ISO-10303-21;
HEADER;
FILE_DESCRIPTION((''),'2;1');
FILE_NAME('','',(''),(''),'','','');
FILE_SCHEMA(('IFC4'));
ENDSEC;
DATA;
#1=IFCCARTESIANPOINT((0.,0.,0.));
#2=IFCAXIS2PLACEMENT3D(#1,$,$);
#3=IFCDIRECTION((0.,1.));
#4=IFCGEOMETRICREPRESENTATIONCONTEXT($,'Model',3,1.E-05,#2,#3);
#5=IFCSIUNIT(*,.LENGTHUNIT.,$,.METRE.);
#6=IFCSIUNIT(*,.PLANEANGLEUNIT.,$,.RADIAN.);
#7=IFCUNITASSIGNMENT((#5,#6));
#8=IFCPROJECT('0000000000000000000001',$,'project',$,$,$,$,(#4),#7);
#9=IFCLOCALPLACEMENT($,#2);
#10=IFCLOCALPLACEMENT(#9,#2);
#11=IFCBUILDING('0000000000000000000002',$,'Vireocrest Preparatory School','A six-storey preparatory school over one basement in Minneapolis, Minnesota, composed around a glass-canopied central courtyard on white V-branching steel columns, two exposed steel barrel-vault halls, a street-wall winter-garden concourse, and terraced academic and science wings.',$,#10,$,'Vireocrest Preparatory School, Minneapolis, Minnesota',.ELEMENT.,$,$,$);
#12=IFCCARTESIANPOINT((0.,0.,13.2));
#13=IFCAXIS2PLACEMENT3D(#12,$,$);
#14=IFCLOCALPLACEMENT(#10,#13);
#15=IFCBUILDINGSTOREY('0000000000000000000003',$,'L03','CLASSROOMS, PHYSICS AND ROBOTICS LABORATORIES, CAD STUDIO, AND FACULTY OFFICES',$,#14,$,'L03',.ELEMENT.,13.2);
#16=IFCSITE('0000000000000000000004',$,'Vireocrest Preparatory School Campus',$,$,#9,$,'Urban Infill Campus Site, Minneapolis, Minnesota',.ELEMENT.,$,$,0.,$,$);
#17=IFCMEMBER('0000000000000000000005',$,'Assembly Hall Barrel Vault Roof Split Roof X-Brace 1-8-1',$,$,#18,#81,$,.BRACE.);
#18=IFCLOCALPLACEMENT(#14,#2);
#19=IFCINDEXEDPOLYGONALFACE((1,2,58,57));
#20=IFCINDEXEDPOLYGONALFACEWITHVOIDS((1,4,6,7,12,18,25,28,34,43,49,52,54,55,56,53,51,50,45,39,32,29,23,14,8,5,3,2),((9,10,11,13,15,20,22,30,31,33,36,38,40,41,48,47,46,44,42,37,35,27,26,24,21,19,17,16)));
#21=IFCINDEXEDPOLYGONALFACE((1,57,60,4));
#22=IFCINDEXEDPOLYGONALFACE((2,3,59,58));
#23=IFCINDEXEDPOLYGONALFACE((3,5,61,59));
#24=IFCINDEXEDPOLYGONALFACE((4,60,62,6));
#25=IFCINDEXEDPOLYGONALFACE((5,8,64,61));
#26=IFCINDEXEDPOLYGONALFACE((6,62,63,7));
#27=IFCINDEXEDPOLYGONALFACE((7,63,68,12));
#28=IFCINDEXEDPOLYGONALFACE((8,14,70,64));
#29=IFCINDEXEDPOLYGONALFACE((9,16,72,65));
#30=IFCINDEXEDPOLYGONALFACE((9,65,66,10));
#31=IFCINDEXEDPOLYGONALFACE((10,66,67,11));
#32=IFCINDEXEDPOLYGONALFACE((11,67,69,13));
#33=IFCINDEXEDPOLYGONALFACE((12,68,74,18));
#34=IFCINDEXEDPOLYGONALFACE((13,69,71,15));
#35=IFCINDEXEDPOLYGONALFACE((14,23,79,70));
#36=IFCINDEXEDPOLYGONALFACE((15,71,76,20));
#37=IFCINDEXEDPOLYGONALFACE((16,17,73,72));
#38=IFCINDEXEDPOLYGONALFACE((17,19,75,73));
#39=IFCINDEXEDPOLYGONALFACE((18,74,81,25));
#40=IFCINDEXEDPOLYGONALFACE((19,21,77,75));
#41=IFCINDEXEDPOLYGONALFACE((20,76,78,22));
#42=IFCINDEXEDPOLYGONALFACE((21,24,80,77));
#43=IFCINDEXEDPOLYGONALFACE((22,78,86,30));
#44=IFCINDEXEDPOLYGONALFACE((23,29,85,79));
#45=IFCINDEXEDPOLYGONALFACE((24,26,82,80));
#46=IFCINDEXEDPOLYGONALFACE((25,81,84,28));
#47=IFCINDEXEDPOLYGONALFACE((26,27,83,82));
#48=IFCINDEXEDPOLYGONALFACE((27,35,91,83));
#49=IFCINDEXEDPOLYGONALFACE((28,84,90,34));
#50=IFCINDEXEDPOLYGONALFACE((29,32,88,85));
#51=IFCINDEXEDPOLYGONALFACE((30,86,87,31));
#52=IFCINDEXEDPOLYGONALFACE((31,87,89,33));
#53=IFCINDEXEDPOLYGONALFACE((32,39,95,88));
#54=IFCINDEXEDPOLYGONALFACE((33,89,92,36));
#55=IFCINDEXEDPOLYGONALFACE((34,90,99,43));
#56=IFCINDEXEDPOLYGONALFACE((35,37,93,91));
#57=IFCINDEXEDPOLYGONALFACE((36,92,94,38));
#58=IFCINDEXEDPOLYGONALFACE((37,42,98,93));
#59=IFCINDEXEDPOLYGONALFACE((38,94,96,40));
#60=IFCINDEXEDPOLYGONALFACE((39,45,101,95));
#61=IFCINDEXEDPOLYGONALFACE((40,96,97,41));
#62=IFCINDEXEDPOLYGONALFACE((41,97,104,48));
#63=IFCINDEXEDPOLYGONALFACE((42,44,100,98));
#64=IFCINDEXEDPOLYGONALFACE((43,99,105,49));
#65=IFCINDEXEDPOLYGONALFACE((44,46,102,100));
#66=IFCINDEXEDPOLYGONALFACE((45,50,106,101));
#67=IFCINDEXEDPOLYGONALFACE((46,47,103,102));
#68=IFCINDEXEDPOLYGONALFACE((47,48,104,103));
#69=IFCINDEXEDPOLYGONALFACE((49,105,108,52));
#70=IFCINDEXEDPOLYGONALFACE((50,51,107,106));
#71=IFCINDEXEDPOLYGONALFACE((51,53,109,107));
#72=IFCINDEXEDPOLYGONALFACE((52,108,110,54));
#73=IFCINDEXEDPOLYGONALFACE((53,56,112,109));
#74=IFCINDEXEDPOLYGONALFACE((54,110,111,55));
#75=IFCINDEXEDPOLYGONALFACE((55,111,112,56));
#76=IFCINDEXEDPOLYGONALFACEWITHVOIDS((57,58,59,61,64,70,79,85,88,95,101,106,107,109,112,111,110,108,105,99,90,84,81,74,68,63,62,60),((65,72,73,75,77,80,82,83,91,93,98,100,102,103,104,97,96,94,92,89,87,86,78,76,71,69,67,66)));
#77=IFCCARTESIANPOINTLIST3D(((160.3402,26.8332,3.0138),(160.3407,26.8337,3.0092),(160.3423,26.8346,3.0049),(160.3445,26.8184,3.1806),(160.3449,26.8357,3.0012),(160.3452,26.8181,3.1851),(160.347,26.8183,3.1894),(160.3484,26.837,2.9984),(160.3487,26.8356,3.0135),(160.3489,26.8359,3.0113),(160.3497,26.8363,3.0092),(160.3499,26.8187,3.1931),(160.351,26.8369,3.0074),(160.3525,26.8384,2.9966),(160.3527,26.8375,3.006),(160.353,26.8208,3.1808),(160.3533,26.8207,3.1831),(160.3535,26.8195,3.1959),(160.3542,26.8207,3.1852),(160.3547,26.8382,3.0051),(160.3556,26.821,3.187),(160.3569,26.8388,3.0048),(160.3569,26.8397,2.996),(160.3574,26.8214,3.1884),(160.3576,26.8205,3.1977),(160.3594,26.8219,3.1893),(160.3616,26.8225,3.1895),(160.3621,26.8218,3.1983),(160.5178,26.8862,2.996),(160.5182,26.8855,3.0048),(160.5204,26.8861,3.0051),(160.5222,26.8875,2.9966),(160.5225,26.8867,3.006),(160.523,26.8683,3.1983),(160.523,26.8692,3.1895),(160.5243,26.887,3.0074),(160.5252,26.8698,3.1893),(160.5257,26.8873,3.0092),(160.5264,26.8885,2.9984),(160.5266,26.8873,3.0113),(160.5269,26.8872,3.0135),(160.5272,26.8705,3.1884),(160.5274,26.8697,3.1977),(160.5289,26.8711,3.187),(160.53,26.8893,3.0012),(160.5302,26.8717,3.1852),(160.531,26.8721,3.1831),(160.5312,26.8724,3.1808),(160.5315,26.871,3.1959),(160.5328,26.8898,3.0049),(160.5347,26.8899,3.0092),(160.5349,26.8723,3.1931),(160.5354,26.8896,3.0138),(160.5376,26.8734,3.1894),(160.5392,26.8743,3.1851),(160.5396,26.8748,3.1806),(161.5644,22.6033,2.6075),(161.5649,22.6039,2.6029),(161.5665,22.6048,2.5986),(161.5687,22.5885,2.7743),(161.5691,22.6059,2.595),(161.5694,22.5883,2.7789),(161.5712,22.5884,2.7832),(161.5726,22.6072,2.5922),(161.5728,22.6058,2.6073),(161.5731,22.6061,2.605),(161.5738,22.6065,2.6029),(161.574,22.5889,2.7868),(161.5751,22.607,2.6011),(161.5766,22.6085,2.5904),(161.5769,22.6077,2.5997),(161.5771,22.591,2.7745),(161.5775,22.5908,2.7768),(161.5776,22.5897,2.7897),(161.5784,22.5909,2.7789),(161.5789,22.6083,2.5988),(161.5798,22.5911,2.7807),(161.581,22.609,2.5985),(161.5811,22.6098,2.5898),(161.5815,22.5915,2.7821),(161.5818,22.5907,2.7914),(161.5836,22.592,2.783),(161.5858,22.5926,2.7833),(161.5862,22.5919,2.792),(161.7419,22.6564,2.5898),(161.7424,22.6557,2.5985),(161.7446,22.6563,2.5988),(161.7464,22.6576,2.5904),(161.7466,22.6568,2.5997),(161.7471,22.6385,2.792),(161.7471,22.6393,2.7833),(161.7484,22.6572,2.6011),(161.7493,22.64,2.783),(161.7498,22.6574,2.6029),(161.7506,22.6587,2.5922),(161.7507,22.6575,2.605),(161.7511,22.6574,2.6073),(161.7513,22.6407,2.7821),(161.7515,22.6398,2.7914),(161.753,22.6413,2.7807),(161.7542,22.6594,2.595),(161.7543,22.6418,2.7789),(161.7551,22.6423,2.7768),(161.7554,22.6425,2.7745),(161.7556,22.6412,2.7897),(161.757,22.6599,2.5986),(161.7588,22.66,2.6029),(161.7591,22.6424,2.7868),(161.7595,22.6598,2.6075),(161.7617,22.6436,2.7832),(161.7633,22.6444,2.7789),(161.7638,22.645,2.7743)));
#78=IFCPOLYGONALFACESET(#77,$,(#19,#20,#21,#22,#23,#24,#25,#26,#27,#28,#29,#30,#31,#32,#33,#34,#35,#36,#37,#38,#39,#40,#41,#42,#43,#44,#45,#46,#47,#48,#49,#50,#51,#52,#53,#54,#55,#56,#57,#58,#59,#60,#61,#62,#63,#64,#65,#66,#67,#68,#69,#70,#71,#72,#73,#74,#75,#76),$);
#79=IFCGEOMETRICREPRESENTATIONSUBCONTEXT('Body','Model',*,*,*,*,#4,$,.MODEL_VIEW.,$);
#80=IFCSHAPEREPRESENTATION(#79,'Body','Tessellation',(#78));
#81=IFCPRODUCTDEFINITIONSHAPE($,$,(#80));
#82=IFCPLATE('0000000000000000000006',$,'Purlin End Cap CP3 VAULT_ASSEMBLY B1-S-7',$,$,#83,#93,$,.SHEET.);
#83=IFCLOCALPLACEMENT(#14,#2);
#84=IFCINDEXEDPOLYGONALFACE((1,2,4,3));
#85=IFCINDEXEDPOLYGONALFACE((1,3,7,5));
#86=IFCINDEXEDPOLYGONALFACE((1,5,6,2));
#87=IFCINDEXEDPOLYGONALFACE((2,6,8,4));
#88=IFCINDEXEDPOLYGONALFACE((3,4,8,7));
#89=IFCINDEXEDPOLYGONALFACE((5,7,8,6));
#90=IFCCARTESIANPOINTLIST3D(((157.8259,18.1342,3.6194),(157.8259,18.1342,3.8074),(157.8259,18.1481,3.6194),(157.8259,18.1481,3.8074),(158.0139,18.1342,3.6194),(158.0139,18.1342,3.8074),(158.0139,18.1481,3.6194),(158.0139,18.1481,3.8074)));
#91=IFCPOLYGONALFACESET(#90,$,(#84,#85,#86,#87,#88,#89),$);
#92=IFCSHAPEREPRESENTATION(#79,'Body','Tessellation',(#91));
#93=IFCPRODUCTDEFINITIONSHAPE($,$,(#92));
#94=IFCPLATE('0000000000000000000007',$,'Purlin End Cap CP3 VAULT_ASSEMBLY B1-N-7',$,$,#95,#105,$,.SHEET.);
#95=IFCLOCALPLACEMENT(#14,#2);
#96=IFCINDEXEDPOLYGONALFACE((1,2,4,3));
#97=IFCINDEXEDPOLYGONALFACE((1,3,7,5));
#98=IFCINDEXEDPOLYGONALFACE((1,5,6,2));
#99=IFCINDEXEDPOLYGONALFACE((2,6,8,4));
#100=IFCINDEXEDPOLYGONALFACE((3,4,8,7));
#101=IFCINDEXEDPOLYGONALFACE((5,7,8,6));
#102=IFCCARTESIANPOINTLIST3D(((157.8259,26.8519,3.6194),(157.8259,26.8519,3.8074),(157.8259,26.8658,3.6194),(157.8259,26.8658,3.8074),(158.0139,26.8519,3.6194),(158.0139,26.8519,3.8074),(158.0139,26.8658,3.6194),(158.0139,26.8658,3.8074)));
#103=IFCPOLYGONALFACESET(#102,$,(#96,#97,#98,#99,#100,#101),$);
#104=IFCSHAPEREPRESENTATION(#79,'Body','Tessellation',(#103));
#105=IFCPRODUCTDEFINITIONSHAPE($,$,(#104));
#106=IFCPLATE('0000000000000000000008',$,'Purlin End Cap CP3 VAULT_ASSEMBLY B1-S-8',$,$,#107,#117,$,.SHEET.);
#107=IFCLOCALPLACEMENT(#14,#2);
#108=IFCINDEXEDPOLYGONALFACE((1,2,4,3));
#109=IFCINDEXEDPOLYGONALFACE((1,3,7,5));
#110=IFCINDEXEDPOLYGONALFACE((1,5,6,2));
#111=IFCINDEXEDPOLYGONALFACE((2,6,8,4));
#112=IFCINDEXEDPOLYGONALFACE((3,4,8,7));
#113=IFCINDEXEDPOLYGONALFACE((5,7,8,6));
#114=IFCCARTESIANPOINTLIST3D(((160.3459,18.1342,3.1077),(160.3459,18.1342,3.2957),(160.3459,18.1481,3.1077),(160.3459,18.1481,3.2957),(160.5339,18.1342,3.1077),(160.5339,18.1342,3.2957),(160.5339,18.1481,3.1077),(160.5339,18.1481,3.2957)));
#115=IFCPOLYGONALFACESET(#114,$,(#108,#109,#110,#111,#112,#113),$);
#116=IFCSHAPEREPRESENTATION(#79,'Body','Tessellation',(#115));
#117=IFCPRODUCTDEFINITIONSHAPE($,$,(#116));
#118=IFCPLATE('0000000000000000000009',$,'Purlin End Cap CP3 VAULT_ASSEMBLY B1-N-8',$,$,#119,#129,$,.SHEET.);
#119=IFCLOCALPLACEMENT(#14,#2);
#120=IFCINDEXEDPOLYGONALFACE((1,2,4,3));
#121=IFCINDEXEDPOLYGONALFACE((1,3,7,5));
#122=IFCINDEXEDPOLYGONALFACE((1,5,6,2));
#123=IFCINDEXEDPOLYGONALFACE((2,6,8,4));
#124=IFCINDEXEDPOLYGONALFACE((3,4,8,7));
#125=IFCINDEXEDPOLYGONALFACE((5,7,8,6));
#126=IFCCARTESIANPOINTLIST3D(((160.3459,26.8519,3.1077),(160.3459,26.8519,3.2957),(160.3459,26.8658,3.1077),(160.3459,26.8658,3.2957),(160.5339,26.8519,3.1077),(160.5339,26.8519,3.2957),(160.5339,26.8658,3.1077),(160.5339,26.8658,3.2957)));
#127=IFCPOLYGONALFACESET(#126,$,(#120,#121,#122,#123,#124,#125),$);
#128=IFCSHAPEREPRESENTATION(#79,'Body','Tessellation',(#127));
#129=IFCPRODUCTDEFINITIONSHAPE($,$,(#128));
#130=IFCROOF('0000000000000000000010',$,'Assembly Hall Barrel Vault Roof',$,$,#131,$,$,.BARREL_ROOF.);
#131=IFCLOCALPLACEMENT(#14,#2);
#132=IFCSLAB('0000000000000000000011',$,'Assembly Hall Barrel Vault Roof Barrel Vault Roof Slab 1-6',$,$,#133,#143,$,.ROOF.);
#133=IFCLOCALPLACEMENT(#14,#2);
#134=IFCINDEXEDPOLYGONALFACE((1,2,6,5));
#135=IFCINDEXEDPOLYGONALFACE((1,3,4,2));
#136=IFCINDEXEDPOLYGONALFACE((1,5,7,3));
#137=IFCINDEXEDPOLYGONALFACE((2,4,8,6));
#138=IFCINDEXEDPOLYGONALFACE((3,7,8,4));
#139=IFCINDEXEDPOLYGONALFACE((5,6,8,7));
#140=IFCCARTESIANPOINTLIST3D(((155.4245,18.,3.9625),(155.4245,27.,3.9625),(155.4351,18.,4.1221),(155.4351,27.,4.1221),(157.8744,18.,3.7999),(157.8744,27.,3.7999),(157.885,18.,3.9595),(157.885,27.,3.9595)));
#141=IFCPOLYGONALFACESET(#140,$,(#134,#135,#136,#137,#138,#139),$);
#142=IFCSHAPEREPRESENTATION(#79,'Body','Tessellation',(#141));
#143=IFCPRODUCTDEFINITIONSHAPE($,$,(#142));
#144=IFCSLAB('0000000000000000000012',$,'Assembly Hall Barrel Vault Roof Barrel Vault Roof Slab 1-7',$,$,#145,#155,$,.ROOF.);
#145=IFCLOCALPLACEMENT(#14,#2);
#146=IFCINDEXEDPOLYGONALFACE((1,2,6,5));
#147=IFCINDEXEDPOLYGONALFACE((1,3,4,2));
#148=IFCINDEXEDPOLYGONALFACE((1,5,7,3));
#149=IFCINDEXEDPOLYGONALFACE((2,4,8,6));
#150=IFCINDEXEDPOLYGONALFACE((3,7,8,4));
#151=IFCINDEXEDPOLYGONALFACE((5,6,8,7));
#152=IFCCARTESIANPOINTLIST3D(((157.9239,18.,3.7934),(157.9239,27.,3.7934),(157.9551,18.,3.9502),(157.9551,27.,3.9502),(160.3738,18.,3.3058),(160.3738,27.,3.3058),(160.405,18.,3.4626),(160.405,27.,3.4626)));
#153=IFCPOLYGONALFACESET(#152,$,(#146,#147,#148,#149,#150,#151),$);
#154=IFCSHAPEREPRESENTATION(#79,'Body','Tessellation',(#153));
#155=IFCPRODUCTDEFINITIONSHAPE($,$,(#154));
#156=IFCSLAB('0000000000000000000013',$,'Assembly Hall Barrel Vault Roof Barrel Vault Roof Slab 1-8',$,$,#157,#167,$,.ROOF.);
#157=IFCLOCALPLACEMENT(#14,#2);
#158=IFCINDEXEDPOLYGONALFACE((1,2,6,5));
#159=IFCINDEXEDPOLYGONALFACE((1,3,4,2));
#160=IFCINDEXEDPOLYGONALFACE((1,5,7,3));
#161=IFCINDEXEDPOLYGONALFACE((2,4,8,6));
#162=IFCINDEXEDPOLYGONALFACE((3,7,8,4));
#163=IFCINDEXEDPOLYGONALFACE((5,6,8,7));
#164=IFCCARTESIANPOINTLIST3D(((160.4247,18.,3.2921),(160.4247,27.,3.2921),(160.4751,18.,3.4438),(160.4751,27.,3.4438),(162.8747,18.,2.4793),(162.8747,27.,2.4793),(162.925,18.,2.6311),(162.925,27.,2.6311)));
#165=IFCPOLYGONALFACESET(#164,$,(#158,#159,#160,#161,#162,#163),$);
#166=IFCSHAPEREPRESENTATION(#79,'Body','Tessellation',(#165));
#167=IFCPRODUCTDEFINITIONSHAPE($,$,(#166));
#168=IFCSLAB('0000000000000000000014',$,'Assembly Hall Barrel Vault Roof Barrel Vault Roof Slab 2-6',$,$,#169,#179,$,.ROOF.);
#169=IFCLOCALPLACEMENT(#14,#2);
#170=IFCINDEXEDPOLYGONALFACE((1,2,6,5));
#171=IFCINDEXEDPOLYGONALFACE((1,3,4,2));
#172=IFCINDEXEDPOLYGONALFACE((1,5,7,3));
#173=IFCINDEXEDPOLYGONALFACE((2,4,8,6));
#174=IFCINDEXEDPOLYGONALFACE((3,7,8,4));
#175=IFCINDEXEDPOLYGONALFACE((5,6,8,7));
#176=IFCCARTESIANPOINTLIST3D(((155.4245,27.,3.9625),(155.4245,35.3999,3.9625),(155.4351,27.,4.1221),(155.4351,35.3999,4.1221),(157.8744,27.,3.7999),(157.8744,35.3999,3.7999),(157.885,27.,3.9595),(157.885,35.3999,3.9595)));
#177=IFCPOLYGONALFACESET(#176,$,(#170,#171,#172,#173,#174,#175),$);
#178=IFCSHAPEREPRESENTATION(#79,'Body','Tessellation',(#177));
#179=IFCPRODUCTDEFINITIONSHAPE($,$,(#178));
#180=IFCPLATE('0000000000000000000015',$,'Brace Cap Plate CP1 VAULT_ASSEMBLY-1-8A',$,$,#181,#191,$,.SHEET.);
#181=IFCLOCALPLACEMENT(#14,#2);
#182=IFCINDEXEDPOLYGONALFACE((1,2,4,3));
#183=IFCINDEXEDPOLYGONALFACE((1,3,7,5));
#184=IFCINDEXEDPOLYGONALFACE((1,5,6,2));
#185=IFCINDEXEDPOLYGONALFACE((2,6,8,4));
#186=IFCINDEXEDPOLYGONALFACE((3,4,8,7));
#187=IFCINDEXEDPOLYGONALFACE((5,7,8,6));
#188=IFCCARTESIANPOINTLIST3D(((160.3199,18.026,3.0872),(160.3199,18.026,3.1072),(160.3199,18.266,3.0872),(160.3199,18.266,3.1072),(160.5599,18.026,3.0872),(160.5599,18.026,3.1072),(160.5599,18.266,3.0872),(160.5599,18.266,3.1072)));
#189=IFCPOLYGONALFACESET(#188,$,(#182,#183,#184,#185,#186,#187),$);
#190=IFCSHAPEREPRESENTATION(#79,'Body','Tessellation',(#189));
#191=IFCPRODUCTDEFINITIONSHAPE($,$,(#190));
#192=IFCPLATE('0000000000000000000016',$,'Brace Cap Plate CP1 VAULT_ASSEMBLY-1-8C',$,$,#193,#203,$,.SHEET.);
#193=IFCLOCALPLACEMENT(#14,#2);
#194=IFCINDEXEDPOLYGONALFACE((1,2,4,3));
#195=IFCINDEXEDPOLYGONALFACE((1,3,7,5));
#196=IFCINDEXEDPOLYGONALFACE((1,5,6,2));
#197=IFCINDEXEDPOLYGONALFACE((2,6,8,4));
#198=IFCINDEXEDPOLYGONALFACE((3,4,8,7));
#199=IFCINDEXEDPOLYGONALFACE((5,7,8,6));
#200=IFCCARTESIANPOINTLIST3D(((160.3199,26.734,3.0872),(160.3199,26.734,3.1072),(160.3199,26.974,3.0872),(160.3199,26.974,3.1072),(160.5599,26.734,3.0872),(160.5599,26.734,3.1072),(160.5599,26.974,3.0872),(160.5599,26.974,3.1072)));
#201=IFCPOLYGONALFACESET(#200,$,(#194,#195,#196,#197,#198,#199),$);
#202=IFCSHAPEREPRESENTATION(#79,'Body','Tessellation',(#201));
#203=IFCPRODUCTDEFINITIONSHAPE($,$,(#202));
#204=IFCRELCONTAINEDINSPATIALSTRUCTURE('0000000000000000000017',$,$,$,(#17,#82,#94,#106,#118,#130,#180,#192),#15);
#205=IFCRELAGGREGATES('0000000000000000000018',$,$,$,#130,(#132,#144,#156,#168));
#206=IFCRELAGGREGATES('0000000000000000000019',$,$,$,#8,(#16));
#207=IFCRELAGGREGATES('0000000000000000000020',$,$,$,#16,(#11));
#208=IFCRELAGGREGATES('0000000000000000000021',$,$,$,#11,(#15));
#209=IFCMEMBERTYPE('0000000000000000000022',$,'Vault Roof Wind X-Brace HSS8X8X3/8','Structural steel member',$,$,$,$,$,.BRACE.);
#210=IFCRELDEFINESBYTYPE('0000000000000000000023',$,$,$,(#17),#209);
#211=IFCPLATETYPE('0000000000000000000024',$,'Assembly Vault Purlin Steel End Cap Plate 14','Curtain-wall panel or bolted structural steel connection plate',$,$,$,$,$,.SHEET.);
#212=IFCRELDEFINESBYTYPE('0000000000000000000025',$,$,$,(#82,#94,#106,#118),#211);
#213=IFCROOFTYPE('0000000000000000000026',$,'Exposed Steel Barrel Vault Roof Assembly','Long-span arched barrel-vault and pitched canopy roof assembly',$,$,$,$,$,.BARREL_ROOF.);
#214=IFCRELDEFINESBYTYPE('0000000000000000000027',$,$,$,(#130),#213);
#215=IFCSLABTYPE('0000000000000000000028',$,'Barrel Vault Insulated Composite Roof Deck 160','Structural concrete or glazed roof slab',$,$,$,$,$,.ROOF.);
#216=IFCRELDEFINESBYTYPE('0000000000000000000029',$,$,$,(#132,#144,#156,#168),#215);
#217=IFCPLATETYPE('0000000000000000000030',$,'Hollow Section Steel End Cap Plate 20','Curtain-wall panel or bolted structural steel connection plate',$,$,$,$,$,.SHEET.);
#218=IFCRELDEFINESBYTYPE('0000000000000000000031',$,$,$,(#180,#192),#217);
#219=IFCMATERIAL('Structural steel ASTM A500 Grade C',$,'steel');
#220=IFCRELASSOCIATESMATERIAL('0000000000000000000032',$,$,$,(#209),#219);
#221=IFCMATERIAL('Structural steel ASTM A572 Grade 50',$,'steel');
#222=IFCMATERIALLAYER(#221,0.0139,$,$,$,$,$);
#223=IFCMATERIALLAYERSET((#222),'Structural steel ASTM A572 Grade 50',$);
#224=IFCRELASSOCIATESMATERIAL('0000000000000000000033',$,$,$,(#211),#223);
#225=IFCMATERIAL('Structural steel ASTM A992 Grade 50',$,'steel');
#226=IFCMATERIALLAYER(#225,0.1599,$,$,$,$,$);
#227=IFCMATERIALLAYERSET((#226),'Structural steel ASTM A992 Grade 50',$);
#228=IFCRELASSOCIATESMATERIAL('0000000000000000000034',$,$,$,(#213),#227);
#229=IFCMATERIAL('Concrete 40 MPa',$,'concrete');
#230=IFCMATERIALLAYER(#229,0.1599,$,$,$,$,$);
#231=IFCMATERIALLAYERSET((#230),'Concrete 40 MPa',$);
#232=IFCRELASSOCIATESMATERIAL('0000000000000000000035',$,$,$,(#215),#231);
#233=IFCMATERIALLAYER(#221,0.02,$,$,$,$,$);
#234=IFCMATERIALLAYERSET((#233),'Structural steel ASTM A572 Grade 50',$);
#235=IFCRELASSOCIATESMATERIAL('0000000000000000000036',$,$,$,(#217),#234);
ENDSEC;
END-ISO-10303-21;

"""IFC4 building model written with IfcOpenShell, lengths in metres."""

from ifc_helpers import new_model, si_unit, direction, frame, origin, origin_2d, place, context, subcontext, project, spatial, polyline, rectangle, hollow_rectangle, outline, extrude, material, layer, layer_set, material_profile, profile_set, type_object, element, aggregate, save


model = new_model("IFC4")

# Units and contexts
model_context = context("Model", 3, precision=1e-05, world=origin(), true_north=direction((0.0, 1.0)))
body_context = subcontext(model_context, "Body", "Model", "MODEL_VIEW")
ifc_project = project(units=[si_unit("LENGTHUNIT", "METRE"), si_unit("PLANEANGLEUNIT", "RADIAN")], contexts=[model_context])

# Site, building, storey
site_placement = place(None, origin())
site = spatial("IfcSite", under=ifc_project, at=site_placement, Name="Vireocrest Preparatory School Campus", LongName="Urban Infill Campus Site, Minneapolis, Minnesota", CompositionType="ELEMENT", RefElevation=0.0)
building_placement = place(site_placement, origin())
building = spatial("IfcBuilding", under=site, at=building_placement, Name="Vireocrest Preparatory School", Description="A six-storey preparatory school over one basement in Minneapolis, Minnesota, composed around a glass-canopied central courtyard on white V-branching steel columns, two exposed steel barrel-vault halls, a street-wall winter-garden concourse, and terraced academic and science wings.", LongName="Vireocrest Preparatory School, Minneapolis, Minnesota", CompositionType="ELEMENT")
storey_placement = place(building_placement, frame((0.0, 0.0, 13.2)))
storey = spatial("IfcBuildingStorey", under=building, at=storey_placement, Name="L03", Description="CLASSROOMS, PHYSICS AND ROBOTICS LABORATORIES, CAD STUDIO, AND FACULTY OFFICES", LongName="L03", CompositionType="ELEMENT", Elevation=13.2)

# Shared definitions
ifc_material_1 = material(Name="Structural steel ASTM A992 Grade 50", Category="steel")

# Shared definitions
ifc_material_2 = material(Name="Structural steel ASTM A500 Grade C", Category="steel")

# Member
ifc_material_profile_1 = material_profile(ifc_material_2, hollow_rectangle(XDim=0.2031, YDim=0.2031, WallThickness=0.0088, InnerFilletRadius=0.0088, OuterFilletRadius=0.0178, at=origin_2d()), Name="HSS8X8X3/8")
ifc_profile_set_1 = profile_set([ifc_material_profile_1], Name="Structural steel ASTM A500 Grade C")
member_type_1 = type_object("IfcMemberType", Name="Vault Roof Wind X-Brace HSS8X8X3/8", Description="Structural steel member", PredefinedType="BRACE", material=ifc_profile_set_1)
member_1_placement = place(storey_placement, frame((160.4399, 26.854, 3.0972), z_axis=(0.276825, -0.956519, -0.09187), x_axis=(0.960581, 0.278, 0.0)))
element("IfcMember", 1, at=member_1_placement, inside=storey, type_object=member_type_1, Name="Assembly Hall Barrel Vault Roof Split Roof X-Brace 1-8-1", PredefinedType="BRACE", context=body_context, shape_type="SweptSolid", body=[
    extrude(hollow_rectangle(XDim=0.2031, YDim=0.2031, WallThickness=0.0088, InnerFilletRadius=0.0088, OuterFilletRadius=0.0178, at=origin_2d()), origin(), (0.0, 0.0, 1.0), 4.4221),
])

# Plates
ifc_material_3 = material(Name="Structural steel ASTM A572 Grade 50", Category="steel")
ifc_layer_1 = layer(ifc_material_3, 0.0139)
ifc_layer_set_1 = layer_set([ifc_layer_1], Name="Structural steel ASTM A572 Grade 50")
plate_type_1 = type_object("IfcPlateType", Name="Assembly Vault Purlin Steel End Cap Plate 14", Description="Curtain-wall panel or bolted structural steel connection plate", PredefinedType="SHEET", material=ifc_layer_set_1)
for number, where, z_axis, x_axis, name in (
    (2, (157.9199, 18.1411, 3.6194), (0.0, 0.0, 1.0), (1.0, 0.0, 0.0), "Purlin End Cap CP3 VAULT_ASSEMBLY B1-S-7"),
    (3, (157.9199, 26.8589, 3.6194), (0.0, 0.0, 1.0), (1.0, 0.0, 0.0), "Purlin End Cap CP3 VAULT_ASSEMBLY B1-N-7"),
    (4, (160.4399, 18.1411, 3.1077), (0.0, 0.0, 1.0), (1.0, 0.0, 0.0), "Purlin End Cap CP3 VAULT_ASSEMBLY B1-S-8"),
    (5, (160.4399, 26.8589, 3.1077), (0.0, 0.0, 1.0), (1.0, 0.0, 0.0), "Purlin End Cap CP3 VAULT_ASSEMBLY B1-N-8"),
):
    element("IfcPlate", number, at=place(storey_placement, frame(where, z_axis=z_axis, x_axis=x_axis)), inside=storey, type_object=plate_type_1, Name=name, PredefinedType="SHEET", context=body_context, shape_type="SweptSolid", body=[
        extrude(rectangle(XDim=0.188, YDim=0.0139, at=origin_2d()), origin(), (0.0, 0.0, 1.0), 0.188),
    ])

# Roof, slabs
ifc_layer_2 = layer(ifc_material_1, 0.1599)
ifc_layer_set_2 = layer_set([ifc_layer_2], Name="Structural steel ASTM A992 Grade 50")
roof_type = type_object("IfcRoofType", Name="Exposed Steel Barrel Vault Roof Assembly", Description="Long-span arched barrel-vault and pitched canopy roof assembly", PredefinedType="BARREL_ROOF", material=ifc_layer_set_2)
roof_placement = place(storey_placement, origin())
roof = element("IfcRoof", 6, at=roof_placement, inside=storey, type_object=roof_type, Name="Assembly Hall Barrel Vault Roof", PredefinedType="BARREL_ROOF")
ifc_material_4 = material(Name="Concrete 40 MPa", Category="concrete")
ifc_layer_3 = layer(ifc_material_4, 0.1599)
ifc_layer_set_3 = layer_set([ifc_layer_3], Name="Concrete 40 MPa")
slab_type = type_object("IfcSlabType", Name="Barrel Vault Insulated Composite Roof Deck 160", Description="Structural concrete or glazed roof slab", PredefinedType="ROOF", material=ifc_layer_set_3)
slab_1_placement = place(storey_placement, frame((155.4351, 18.0, 4.1221), z_axis=(0.066222, 0.0, 0.997805), x_axis=(0.997805, 0.0, -0.066222)))
slab_1 = element("IfcSlab", 7, at=slab_1_placement, type_object=slab_type, Name="Assembly Hall Barrel Vault Roof Barrel Vault Roof Slab 1-6", PredefinedType="ROOF", context=body_context, shape_type="SweptSolid", body=[
    extrude(outline(polyline([(0.0, 0.0), (2.4553, 0.0), (2.4553, 9.0), (0.0, 9.0), (0.0, 0.0)])), origin(), (0.0, 0.0, -1.0), 0.1599),
])
slab_2_placement = place(storey_placement, frame((157.9551, 18.0, 3.9502), z_axis=(0.195176, 0.0, 0.980768), x_axis=(0.980768, 0.0, -0.195176)))
slab_2 = element("IfcSlab", 8, at=slab_2_placement, type_object=slab_type, Name="Assembly Hall Barrel Vault Roof Barrel Vault Roof Slab 1-7", PredefinedType="ROOF", context=body_context, shape_type="SweptSolid", body=[
    extrude(outline(polyline([(0.0, 0.0), (2.498, 0.0), (2.498, 9.0), (0.0, 9.0), (0.0, 0.0)])), origin(), (0.0, 0.0, -1.0), 0.1599),
])
slab_3_placement = place(storey_placement, frame((160.4751, 18.0, 3.4438), z_axis=(0.314865, 0.0, 0.949136), x_axis=(0.949136, 0.0, -0.314865)))
slab_3 = element("IfcSlab", 9, at=slab_3_placement, type_object=slab_type, Name="Assembly Hall Barrel Vault Roof Barrel Vault Roof Slab 1-8", PredefinedType="ROOF", context=body_context, shape_type="SweptSolid", body=[
    extrude(outline(polyline([(0.0, 0.0), (2.5812, 0.0), (2.5812, 9.0), (0.0, 9.0), (0.0, 0.0)])), origin(), (0.0, 0.0, -1.0), 0.1599),
])
slab_4_placement = place(storey_placement, frame((155.4351, 27.0, 4.1221), z_axis=(0.066222, 0.0, 0.997805), x_axis=(0.997805, 0.0, -0.066222)))
slab_4 = element("IfcSlab", 10, at=slab_4_placement, type_object=slab_type, Name="Assembly Hall Barrel Vault Roof Barrel Vault Roof Slab 2-6", PredefinedType="ROOF", context=body_context, shape_type="SweptSolid", body=[
    extrude(outline(polyline([(0.0, 0.0), (2.4553, 0.0), (2.4553, 8.3999), (0.0, 8.3999), (0.0, 0.0)])), origin(), (0.0, 0.0, -1.0), 0.1599),
])
aggregate(roof, [slab_1, slab_2, slab_3, slab_4])

# Plates
ifc_layer_4 = layer(ifc_material_3, 0.02)
ifc_layer_set_4 = layer_set([ifc_layer_4], Name="Structural steel ASTM A572 Grade 50")
plate_type_2 = type_object("IfcPlateType", Name="Hollow Section Steel End Cap Plate 20", Description="Curtain-wall panel or bolted structural steel connection plate", PredefinedType="SHEET", material=ifc_layer_set_4)
for number, where, z_axis, x_axis, name in (
    (11, (160.4399, 18.146, 3.0872), (0.0, 0.0, 1.0), (1.0, 0.0, 0.0), "Brace Cap Plate CP1 VAULT_ASSEMBLY-1-8A"),
    (12, (160.4399, 26.854, 3.0872), (0.0, 0.0, 1.0), (1.0, 0.0, 0.0), "Brace Cap Plate CP1 VAULT_ASSEMBLY-1-8C"),
):
    element("IfcPlate", number, at=place(storey_placement, frame(where, z_axis=z_axis, x_axis=x_axis)), inside=storey, type_object=plate_type_2, Name=name, PredefinedType="SHEET", context=body_context, shape_type="SweptSolid", body=[
        extrude(rectangle(XDim=0.24, YDim=0.24, at=origin_2d()), origin(), (0.0, 0.0, 1.0), 0.02),
    ])

save(model, "model.ifc")
